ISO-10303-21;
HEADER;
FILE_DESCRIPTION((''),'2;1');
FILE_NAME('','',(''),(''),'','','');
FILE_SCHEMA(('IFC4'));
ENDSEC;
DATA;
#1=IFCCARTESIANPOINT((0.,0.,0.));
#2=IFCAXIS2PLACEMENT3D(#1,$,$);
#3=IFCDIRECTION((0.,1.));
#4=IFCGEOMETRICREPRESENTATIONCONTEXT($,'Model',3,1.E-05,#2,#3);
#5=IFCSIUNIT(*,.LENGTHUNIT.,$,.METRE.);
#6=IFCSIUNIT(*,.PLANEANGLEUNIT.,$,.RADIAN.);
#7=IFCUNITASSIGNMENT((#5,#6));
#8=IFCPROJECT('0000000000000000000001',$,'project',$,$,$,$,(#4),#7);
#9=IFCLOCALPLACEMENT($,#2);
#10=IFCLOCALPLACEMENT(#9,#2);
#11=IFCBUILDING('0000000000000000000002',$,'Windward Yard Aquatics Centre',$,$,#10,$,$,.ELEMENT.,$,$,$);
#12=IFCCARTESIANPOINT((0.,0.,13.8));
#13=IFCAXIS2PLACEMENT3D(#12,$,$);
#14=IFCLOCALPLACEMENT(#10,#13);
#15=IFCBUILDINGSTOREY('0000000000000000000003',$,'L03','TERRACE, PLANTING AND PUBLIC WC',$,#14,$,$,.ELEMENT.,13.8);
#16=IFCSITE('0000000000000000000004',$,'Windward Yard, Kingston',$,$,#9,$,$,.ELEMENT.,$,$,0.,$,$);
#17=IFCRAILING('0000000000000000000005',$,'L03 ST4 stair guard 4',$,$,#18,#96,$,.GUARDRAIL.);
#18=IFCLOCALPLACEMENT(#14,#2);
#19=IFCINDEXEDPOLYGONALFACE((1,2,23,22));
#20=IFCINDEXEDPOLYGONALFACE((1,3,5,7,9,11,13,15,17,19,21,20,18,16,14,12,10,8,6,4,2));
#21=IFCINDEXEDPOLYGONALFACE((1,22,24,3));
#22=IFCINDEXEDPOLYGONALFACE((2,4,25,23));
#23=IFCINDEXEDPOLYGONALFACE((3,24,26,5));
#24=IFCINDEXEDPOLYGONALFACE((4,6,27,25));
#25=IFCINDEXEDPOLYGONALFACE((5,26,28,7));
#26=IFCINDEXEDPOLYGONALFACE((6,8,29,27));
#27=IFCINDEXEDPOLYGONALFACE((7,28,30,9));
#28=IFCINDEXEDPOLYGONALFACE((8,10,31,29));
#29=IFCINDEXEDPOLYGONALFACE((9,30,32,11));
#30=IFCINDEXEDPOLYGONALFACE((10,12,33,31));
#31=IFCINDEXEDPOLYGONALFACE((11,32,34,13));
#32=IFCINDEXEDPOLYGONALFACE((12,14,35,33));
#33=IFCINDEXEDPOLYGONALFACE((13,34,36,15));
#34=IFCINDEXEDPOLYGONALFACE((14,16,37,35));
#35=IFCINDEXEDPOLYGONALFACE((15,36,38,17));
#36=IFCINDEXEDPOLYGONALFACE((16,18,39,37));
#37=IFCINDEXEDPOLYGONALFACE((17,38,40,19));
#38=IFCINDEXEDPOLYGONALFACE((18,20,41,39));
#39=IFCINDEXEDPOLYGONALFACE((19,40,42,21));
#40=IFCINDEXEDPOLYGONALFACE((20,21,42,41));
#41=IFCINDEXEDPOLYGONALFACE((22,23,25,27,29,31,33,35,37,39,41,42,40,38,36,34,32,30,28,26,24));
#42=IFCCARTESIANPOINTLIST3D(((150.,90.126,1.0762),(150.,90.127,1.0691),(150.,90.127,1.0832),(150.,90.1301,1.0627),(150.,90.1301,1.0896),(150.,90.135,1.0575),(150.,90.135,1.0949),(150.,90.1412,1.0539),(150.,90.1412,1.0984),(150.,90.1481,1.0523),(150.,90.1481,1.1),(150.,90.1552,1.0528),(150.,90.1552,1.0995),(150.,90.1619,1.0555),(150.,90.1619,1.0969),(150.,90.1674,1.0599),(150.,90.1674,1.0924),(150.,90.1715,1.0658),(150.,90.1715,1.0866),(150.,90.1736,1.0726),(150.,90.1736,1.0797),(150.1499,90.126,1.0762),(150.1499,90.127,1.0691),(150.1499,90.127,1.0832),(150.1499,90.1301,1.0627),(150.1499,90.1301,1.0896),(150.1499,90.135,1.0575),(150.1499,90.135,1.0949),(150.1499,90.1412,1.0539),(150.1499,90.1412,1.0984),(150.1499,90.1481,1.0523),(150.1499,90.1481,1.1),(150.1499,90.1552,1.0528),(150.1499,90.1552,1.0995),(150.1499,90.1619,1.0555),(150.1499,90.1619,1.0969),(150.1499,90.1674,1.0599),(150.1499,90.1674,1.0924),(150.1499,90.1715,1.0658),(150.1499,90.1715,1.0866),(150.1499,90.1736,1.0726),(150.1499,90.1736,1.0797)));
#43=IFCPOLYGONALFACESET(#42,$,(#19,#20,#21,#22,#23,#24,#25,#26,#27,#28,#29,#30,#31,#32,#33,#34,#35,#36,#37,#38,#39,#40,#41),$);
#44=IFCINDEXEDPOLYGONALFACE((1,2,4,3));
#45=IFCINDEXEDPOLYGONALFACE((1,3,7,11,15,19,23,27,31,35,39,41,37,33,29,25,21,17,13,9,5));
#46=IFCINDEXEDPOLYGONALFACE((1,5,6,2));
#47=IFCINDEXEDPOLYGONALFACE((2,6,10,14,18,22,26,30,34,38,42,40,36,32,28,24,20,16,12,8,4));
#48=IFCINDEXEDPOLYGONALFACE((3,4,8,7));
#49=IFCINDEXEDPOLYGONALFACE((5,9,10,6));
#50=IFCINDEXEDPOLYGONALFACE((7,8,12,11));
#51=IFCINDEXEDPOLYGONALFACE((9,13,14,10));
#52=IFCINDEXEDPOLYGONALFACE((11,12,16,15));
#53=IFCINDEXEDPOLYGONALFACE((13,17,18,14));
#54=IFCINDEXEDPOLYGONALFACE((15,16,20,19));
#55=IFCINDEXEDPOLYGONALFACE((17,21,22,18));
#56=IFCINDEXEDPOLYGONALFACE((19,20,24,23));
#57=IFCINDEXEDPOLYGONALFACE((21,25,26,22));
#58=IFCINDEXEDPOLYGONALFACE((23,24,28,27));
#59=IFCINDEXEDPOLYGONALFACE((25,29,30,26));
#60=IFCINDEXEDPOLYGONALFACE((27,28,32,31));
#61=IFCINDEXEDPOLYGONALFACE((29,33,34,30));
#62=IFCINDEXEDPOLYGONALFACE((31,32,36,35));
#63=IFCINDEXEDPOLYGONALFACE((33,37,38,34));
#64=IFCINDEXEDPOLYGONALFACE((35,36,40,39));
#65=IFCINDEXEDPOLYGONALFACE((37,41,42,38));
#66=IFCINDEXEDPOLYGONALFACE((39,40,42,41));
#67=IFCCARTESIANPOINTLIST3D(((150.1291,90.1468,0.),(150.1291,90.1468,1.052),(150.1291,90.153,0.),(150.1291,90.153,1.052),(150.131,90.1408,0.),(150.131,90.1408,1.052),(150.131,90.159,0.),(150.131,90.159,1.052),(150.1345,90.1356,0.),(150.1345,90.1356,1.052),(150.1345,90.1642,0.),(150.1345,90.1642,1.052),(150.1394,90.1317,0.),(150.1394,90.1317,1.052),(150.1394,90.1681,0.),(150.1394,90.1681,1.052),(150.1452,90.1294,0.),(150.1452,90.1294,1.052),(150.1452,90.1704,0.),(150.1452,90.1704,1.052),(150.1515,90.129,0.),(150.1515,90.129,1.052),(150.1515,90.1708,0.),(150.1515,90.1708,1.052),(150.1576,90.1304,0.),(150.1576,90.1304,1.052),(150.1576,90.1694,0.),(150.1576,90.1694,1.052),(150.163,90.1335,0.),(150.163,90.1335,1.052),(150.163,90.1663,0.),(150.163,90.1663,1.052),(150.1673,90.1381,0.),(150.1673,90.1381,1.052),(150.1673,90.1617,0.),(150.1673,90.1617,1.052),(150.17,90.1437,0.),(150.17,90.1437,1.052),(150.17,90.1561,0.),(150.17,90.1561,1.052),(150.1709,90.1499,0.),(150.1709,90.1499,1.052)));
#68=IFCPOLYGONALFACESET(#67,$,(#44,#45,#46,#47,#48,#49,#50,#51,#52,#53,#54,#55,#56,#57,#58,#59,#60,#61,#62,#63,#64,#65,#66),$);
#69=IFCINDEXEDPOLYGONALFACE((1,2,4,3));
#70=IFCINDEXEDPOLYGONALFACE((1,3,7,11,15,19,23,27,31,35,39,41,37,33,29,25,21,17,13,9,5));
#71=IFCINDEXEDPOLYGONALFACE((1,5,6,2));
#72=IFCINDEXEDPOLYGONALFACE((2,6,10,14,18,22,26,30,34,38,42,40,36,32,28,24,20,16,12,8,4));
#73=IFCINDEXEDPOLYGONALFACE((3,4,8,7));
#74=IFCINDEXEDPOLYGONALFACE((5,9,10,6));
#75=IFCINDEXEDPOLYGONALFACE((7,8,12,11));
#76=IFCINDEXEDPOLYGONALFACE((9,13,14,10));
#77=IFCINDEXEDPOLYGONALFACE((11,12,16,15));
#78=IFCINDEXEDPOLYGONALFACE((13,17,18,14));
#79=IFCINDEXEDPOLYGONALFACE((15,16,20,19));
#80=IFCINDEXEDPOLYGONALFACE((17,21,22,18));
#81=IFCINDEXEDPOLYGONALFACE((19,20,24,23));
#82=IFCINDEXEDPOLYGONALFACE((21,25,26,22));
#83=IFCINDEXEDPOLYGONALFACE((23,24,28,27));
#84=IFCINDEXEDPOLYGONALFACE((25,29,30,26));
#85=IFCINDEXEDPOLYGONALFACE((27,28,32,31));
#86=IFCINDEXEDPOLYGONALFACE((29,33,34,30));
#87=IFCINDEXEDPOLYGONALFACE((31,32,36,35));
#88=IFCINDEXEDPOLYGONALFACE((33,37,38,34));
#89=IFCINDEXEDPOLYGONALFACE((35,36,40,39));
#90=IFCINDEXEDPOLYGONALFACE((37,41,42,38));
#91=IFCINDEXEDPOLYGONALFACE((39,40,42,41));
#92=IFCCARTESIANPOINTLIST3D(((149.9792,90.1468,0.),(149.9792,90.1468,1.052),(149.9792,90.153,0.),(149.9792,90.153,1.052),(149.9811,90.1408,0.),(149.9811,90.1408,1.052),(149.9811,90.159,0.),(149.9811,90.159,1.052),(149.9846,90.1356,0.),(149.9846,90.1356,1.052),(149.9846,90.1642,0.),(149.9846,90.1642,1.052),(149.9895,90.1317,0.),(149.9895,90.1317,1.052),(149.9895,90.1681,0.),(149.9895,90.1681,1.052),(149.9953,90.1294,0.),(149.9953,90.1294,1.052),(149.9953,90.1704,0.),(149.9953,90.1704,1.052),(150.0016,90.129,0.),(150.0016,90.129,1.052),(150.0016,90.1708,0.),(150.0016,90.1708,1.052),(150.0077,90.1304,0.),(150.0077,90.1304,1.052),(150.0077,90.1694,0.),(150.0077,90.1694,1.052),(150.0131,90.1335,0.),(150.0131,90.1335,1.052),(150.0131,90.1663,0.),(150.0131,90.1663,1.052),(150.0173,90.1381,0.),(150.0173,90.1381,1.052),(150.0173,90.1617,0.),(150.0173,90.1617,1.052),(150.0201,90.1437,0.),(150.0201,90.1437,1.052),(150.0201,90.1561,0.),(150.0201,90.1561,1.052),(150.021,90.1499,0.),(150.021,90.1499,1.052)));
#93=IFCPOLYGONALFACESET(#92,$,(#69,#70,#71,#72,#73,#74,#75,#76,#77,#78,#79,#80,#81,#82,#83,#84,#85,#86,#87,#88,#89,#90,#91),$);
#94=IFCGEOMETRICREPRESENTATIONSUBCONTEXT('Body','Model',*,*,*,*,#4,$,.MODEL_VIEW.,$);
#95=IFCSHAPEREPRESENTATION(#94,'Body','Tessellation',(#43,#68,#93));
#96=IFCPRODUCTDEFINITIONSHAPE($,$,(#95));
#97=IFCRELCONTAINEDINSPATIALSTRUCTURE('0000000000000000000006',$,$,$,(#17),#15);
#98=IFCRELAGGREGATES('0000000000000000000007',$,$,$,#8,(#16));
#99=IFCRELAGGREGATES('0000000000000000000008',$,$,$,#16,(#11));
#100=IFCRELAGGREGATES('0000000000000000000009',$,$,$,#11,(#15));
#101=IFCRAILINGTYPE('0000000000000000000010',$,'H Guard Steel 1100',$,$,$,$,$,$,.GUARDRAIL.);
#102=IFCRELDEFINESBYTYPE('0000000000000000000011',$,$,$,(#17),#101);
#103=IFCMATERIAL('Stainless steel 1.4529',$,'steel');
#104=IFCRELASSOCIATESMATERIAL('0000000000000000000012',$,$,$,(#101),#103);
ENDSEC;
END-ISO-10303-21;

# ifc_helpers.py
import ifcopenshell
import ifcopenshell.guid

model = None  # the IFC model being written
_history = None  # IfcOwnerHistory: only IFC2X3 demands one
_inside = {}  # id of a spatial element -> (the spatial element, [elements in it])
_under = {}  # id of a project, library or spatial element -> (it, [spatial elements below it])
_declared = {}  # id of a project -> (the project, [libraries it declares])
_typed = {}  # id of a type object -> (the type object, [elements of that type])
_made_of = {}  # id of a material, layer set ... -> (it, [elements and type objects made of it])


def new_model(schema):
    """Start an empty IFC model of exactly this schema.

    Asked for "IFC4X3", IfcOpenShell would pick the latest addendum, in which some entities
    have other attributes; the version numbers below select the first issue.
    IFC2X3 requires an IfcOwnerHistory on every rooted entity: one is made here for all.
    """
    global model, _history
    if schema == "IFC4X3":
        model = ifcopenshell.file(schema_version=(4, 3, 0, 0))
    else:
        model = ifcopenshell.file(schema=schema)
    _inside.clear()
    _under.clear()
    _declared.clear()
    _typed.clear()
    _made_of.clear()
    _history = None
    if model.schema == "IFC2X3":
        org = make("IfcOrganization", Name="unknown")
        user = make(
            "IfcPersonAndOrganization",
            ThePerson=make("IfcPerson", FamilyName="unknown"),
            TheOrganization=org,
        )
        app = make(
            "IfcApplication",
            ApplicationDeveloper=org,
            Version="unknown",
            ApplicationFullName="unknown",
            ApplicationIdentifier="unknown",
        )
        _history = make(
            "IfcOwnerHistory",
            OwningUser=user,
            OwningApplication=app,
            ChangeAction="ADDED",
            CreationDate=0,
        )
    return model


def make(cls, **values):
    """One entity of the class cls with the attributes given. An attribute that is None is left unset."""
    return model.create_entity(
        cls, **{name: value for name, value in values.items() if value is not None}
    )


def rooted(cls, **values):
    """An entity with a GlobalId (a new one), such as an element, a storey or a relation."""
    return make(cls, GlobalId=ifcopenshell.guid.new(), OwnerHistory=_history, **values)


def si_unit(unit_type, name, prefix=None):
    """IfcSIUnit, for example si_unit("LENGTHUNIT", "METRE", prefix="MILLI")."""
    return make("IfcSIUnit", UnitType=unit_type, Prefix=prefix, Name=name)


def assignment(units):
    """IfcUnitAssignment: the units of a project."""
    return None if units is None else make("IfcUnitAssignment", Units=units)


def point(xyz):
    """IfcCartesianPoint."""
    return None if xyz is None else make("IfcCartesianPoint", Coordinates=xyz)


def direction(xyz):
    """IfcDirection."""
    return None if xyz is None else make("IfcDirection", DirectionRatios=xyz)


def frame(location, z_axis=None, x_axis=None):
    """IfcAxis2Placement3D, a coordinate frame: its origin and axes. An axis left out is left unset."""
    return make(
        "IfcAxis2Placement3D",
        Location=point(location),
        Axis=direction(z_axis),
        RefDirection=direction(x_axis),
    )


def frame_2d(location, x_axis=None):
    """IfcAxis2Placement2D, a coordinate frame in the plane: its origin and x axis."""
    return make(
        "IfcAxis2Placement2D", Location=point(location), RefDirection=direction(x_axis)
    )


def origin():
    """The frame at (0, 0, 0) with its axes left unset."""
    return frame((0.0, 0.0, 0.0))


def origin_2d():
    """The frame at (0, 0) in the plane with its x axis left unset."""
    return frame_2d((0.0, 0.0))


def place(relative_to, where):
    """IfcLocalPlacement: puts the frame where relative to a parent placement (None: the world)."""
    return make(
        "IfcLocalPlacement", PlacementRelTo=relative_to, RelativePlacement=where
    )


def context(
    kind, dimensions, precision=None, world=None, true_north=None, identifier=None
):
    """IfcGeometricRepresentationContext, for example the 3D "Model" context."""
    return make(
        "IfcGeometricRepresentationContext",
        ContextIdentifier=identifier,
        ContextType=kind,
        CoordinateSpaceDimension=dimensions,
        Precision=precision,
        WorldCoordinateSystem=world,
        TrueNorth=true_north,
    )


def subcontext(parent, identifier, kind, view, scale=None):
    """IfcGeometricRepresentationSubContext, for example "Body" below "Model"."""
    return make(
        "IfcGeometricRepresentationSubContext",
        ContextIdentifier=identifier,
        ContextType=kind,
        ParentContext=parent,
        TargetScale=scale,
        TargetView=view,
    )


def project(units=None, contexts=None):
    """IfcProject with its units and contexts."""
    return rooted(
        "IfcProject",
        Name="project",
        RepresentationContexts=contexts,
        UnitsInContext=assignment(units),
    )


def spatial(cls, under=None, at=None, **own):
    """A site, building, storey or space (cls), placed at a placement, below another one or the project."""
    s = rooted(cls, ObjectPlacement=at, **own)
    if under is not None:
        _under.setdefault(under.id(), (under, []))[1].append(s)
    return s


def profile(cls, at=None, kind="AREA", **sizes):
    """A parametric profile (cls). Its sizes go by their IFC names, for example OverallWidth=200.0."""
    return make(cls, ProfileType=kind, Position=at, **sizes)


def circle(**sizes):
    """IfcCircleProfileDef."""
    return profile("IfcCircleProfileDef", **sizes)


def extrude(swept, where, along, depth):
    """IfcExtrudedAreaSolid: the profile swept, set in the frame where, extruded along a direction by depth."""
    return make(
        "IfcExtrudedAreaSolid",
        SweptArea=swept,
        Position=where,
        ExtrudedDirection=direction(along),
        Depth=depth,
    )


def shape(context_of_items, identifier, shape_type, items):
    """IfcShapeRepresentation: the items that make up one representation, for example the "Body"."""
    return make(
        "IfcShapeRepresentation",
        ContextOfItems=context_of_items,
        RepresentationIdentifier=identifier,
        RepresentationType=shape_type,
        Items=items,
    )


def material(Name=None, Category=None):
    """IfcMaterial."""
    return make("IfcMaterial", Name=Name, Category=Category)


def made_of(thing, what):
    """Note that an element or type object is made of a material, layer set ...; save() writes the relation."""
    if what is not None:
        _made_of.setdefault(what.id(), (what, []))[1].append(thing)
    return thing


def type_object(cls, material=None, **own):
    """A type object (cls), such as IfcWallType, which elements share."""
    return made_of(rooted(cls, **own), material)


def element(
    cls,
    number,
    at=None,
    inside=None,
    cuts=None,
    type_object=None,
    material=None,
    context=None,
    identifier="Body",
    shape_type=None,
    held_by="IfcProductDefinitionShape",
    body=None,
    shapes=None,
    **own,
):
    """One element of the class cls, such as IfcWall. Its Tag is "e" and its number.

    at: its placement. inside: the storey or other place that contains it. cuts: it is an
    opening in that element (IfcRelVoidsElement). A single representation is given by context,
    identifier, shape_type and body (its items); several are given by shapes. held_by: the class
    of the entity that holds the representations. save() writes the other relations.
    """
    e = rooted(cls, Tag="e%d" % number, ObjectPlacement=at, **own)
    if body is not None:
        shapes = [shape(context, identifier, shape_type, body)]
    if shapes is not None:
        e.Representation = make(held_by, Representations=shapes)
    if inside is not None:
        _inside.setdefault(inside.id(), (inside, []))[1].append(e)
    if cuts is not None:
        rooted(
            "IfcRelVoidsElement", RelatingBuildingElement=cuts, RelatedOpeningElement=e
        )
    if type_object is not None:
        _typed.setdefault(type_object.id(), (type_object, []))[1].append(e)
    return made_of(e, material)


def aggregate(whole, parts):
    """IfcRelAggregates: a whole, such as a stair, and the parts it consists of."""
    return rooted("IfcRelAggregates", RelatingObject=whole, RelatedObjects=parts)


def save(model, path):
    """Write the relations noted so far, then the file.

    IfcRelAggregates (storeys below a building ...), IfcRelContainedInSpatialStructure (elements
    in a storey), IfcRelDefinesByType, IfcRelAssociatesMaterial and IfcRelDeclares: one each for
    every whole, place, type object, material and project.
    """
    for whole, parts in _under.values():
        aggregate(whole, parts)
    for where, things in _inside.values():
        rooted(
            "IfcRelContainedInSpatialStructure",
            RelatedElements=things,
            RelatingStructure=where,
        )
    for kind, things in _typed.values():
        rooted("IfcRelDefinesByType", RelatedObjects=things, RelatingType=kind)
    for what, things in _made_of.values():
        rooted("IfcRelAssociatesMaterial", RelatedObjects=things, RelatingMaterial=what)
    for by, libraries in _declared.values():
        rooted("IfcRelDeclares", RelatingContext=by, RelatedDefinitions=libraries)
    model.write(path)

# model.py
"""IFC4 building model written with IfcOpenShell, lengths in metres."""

from ifc_helpers import new_model, si_unit, direction, frame, origin, origin_2d, place, context, subcontext, project, spatial, circle, extrude, material, type_object, element, save


model = new_model("IFC4")

# Units and contexts
model_context = context("Model", 3, precision=1e-05, world=origin(), true_north=direction((0.0, 1.0)))
body_context = subcontext(model_context, "Body", "Model", "MODEL_VIEW")
ifc_project = project(units=[si_unit("LENGTHUNIT", "METRE"), si_unit("PLANEANGLEUNIT", "RADIAN")], contexts=[model_context])

# Site, building, storey
site_placement = place(None, origin())
site = spatial("IfcSite", under=ifc_project, at=site_placement, Name="Windward Yard, Kingston", CompositionType="ELEMENT", RefElevation=0.0)
building_placement = place(site_placement, origin())
building = spatial("IfcBuilding", under=site, at=building_placement, Name="Windward Yard Aquatics Centre", CompositionType="ELEMENT")
storey_placement = place(building_placement, frame((0.0, 0.0, 13.8)))
storey = spatial("IfcBuildingStorey", under=building, at=storey_placement, Name="L03", Description="TERRACE, PLANTING AND PUBLIC WC", CompositionType="ELEMENT", Elevation=13.8)

# Railing
ifc_material_1 = material(Name="Stainless steel 1.4529", Category="steel")
railing_type_1 = type_object("IfcRailingType", Name="H Guard Steel 1100", PredefinedType="GUARDRAIL", material=ifc_material_1)
railing_1_placement = place(storey_placement, frame((150.1499, 90.1499, 0.0)))
element("IfcRailing", 1, at=railing_1_placement, inside=storey, type_object=railing_type_1, Name="L03 ST4 stair guard 4", PredefinedType="GUARDRAIL", context=body_context, shape_type="SweptSolid", body=[
    extrude(circle(Radius=0.0239, at=origin_2d()), frame((0.0, 0.0, 1.0762), z_axis=(-1.0, 0.0, 0.0), x_axis=(0.0, -1.0, 0.0)), (0.0, 0.0, 1.0), 0.1499),
    extrude(circle(Radius=0.021, at=origin_2d()), origin(), (0.0, 0.0, 1.0), 1.052),
    extrude(circle(Radius=0.021, at=origin_2d()), frame((-0.1499, 0.0, 0.0)), (0.0, 0.0, 1.0), 1.052),
])

save(model, "model.ifc")
